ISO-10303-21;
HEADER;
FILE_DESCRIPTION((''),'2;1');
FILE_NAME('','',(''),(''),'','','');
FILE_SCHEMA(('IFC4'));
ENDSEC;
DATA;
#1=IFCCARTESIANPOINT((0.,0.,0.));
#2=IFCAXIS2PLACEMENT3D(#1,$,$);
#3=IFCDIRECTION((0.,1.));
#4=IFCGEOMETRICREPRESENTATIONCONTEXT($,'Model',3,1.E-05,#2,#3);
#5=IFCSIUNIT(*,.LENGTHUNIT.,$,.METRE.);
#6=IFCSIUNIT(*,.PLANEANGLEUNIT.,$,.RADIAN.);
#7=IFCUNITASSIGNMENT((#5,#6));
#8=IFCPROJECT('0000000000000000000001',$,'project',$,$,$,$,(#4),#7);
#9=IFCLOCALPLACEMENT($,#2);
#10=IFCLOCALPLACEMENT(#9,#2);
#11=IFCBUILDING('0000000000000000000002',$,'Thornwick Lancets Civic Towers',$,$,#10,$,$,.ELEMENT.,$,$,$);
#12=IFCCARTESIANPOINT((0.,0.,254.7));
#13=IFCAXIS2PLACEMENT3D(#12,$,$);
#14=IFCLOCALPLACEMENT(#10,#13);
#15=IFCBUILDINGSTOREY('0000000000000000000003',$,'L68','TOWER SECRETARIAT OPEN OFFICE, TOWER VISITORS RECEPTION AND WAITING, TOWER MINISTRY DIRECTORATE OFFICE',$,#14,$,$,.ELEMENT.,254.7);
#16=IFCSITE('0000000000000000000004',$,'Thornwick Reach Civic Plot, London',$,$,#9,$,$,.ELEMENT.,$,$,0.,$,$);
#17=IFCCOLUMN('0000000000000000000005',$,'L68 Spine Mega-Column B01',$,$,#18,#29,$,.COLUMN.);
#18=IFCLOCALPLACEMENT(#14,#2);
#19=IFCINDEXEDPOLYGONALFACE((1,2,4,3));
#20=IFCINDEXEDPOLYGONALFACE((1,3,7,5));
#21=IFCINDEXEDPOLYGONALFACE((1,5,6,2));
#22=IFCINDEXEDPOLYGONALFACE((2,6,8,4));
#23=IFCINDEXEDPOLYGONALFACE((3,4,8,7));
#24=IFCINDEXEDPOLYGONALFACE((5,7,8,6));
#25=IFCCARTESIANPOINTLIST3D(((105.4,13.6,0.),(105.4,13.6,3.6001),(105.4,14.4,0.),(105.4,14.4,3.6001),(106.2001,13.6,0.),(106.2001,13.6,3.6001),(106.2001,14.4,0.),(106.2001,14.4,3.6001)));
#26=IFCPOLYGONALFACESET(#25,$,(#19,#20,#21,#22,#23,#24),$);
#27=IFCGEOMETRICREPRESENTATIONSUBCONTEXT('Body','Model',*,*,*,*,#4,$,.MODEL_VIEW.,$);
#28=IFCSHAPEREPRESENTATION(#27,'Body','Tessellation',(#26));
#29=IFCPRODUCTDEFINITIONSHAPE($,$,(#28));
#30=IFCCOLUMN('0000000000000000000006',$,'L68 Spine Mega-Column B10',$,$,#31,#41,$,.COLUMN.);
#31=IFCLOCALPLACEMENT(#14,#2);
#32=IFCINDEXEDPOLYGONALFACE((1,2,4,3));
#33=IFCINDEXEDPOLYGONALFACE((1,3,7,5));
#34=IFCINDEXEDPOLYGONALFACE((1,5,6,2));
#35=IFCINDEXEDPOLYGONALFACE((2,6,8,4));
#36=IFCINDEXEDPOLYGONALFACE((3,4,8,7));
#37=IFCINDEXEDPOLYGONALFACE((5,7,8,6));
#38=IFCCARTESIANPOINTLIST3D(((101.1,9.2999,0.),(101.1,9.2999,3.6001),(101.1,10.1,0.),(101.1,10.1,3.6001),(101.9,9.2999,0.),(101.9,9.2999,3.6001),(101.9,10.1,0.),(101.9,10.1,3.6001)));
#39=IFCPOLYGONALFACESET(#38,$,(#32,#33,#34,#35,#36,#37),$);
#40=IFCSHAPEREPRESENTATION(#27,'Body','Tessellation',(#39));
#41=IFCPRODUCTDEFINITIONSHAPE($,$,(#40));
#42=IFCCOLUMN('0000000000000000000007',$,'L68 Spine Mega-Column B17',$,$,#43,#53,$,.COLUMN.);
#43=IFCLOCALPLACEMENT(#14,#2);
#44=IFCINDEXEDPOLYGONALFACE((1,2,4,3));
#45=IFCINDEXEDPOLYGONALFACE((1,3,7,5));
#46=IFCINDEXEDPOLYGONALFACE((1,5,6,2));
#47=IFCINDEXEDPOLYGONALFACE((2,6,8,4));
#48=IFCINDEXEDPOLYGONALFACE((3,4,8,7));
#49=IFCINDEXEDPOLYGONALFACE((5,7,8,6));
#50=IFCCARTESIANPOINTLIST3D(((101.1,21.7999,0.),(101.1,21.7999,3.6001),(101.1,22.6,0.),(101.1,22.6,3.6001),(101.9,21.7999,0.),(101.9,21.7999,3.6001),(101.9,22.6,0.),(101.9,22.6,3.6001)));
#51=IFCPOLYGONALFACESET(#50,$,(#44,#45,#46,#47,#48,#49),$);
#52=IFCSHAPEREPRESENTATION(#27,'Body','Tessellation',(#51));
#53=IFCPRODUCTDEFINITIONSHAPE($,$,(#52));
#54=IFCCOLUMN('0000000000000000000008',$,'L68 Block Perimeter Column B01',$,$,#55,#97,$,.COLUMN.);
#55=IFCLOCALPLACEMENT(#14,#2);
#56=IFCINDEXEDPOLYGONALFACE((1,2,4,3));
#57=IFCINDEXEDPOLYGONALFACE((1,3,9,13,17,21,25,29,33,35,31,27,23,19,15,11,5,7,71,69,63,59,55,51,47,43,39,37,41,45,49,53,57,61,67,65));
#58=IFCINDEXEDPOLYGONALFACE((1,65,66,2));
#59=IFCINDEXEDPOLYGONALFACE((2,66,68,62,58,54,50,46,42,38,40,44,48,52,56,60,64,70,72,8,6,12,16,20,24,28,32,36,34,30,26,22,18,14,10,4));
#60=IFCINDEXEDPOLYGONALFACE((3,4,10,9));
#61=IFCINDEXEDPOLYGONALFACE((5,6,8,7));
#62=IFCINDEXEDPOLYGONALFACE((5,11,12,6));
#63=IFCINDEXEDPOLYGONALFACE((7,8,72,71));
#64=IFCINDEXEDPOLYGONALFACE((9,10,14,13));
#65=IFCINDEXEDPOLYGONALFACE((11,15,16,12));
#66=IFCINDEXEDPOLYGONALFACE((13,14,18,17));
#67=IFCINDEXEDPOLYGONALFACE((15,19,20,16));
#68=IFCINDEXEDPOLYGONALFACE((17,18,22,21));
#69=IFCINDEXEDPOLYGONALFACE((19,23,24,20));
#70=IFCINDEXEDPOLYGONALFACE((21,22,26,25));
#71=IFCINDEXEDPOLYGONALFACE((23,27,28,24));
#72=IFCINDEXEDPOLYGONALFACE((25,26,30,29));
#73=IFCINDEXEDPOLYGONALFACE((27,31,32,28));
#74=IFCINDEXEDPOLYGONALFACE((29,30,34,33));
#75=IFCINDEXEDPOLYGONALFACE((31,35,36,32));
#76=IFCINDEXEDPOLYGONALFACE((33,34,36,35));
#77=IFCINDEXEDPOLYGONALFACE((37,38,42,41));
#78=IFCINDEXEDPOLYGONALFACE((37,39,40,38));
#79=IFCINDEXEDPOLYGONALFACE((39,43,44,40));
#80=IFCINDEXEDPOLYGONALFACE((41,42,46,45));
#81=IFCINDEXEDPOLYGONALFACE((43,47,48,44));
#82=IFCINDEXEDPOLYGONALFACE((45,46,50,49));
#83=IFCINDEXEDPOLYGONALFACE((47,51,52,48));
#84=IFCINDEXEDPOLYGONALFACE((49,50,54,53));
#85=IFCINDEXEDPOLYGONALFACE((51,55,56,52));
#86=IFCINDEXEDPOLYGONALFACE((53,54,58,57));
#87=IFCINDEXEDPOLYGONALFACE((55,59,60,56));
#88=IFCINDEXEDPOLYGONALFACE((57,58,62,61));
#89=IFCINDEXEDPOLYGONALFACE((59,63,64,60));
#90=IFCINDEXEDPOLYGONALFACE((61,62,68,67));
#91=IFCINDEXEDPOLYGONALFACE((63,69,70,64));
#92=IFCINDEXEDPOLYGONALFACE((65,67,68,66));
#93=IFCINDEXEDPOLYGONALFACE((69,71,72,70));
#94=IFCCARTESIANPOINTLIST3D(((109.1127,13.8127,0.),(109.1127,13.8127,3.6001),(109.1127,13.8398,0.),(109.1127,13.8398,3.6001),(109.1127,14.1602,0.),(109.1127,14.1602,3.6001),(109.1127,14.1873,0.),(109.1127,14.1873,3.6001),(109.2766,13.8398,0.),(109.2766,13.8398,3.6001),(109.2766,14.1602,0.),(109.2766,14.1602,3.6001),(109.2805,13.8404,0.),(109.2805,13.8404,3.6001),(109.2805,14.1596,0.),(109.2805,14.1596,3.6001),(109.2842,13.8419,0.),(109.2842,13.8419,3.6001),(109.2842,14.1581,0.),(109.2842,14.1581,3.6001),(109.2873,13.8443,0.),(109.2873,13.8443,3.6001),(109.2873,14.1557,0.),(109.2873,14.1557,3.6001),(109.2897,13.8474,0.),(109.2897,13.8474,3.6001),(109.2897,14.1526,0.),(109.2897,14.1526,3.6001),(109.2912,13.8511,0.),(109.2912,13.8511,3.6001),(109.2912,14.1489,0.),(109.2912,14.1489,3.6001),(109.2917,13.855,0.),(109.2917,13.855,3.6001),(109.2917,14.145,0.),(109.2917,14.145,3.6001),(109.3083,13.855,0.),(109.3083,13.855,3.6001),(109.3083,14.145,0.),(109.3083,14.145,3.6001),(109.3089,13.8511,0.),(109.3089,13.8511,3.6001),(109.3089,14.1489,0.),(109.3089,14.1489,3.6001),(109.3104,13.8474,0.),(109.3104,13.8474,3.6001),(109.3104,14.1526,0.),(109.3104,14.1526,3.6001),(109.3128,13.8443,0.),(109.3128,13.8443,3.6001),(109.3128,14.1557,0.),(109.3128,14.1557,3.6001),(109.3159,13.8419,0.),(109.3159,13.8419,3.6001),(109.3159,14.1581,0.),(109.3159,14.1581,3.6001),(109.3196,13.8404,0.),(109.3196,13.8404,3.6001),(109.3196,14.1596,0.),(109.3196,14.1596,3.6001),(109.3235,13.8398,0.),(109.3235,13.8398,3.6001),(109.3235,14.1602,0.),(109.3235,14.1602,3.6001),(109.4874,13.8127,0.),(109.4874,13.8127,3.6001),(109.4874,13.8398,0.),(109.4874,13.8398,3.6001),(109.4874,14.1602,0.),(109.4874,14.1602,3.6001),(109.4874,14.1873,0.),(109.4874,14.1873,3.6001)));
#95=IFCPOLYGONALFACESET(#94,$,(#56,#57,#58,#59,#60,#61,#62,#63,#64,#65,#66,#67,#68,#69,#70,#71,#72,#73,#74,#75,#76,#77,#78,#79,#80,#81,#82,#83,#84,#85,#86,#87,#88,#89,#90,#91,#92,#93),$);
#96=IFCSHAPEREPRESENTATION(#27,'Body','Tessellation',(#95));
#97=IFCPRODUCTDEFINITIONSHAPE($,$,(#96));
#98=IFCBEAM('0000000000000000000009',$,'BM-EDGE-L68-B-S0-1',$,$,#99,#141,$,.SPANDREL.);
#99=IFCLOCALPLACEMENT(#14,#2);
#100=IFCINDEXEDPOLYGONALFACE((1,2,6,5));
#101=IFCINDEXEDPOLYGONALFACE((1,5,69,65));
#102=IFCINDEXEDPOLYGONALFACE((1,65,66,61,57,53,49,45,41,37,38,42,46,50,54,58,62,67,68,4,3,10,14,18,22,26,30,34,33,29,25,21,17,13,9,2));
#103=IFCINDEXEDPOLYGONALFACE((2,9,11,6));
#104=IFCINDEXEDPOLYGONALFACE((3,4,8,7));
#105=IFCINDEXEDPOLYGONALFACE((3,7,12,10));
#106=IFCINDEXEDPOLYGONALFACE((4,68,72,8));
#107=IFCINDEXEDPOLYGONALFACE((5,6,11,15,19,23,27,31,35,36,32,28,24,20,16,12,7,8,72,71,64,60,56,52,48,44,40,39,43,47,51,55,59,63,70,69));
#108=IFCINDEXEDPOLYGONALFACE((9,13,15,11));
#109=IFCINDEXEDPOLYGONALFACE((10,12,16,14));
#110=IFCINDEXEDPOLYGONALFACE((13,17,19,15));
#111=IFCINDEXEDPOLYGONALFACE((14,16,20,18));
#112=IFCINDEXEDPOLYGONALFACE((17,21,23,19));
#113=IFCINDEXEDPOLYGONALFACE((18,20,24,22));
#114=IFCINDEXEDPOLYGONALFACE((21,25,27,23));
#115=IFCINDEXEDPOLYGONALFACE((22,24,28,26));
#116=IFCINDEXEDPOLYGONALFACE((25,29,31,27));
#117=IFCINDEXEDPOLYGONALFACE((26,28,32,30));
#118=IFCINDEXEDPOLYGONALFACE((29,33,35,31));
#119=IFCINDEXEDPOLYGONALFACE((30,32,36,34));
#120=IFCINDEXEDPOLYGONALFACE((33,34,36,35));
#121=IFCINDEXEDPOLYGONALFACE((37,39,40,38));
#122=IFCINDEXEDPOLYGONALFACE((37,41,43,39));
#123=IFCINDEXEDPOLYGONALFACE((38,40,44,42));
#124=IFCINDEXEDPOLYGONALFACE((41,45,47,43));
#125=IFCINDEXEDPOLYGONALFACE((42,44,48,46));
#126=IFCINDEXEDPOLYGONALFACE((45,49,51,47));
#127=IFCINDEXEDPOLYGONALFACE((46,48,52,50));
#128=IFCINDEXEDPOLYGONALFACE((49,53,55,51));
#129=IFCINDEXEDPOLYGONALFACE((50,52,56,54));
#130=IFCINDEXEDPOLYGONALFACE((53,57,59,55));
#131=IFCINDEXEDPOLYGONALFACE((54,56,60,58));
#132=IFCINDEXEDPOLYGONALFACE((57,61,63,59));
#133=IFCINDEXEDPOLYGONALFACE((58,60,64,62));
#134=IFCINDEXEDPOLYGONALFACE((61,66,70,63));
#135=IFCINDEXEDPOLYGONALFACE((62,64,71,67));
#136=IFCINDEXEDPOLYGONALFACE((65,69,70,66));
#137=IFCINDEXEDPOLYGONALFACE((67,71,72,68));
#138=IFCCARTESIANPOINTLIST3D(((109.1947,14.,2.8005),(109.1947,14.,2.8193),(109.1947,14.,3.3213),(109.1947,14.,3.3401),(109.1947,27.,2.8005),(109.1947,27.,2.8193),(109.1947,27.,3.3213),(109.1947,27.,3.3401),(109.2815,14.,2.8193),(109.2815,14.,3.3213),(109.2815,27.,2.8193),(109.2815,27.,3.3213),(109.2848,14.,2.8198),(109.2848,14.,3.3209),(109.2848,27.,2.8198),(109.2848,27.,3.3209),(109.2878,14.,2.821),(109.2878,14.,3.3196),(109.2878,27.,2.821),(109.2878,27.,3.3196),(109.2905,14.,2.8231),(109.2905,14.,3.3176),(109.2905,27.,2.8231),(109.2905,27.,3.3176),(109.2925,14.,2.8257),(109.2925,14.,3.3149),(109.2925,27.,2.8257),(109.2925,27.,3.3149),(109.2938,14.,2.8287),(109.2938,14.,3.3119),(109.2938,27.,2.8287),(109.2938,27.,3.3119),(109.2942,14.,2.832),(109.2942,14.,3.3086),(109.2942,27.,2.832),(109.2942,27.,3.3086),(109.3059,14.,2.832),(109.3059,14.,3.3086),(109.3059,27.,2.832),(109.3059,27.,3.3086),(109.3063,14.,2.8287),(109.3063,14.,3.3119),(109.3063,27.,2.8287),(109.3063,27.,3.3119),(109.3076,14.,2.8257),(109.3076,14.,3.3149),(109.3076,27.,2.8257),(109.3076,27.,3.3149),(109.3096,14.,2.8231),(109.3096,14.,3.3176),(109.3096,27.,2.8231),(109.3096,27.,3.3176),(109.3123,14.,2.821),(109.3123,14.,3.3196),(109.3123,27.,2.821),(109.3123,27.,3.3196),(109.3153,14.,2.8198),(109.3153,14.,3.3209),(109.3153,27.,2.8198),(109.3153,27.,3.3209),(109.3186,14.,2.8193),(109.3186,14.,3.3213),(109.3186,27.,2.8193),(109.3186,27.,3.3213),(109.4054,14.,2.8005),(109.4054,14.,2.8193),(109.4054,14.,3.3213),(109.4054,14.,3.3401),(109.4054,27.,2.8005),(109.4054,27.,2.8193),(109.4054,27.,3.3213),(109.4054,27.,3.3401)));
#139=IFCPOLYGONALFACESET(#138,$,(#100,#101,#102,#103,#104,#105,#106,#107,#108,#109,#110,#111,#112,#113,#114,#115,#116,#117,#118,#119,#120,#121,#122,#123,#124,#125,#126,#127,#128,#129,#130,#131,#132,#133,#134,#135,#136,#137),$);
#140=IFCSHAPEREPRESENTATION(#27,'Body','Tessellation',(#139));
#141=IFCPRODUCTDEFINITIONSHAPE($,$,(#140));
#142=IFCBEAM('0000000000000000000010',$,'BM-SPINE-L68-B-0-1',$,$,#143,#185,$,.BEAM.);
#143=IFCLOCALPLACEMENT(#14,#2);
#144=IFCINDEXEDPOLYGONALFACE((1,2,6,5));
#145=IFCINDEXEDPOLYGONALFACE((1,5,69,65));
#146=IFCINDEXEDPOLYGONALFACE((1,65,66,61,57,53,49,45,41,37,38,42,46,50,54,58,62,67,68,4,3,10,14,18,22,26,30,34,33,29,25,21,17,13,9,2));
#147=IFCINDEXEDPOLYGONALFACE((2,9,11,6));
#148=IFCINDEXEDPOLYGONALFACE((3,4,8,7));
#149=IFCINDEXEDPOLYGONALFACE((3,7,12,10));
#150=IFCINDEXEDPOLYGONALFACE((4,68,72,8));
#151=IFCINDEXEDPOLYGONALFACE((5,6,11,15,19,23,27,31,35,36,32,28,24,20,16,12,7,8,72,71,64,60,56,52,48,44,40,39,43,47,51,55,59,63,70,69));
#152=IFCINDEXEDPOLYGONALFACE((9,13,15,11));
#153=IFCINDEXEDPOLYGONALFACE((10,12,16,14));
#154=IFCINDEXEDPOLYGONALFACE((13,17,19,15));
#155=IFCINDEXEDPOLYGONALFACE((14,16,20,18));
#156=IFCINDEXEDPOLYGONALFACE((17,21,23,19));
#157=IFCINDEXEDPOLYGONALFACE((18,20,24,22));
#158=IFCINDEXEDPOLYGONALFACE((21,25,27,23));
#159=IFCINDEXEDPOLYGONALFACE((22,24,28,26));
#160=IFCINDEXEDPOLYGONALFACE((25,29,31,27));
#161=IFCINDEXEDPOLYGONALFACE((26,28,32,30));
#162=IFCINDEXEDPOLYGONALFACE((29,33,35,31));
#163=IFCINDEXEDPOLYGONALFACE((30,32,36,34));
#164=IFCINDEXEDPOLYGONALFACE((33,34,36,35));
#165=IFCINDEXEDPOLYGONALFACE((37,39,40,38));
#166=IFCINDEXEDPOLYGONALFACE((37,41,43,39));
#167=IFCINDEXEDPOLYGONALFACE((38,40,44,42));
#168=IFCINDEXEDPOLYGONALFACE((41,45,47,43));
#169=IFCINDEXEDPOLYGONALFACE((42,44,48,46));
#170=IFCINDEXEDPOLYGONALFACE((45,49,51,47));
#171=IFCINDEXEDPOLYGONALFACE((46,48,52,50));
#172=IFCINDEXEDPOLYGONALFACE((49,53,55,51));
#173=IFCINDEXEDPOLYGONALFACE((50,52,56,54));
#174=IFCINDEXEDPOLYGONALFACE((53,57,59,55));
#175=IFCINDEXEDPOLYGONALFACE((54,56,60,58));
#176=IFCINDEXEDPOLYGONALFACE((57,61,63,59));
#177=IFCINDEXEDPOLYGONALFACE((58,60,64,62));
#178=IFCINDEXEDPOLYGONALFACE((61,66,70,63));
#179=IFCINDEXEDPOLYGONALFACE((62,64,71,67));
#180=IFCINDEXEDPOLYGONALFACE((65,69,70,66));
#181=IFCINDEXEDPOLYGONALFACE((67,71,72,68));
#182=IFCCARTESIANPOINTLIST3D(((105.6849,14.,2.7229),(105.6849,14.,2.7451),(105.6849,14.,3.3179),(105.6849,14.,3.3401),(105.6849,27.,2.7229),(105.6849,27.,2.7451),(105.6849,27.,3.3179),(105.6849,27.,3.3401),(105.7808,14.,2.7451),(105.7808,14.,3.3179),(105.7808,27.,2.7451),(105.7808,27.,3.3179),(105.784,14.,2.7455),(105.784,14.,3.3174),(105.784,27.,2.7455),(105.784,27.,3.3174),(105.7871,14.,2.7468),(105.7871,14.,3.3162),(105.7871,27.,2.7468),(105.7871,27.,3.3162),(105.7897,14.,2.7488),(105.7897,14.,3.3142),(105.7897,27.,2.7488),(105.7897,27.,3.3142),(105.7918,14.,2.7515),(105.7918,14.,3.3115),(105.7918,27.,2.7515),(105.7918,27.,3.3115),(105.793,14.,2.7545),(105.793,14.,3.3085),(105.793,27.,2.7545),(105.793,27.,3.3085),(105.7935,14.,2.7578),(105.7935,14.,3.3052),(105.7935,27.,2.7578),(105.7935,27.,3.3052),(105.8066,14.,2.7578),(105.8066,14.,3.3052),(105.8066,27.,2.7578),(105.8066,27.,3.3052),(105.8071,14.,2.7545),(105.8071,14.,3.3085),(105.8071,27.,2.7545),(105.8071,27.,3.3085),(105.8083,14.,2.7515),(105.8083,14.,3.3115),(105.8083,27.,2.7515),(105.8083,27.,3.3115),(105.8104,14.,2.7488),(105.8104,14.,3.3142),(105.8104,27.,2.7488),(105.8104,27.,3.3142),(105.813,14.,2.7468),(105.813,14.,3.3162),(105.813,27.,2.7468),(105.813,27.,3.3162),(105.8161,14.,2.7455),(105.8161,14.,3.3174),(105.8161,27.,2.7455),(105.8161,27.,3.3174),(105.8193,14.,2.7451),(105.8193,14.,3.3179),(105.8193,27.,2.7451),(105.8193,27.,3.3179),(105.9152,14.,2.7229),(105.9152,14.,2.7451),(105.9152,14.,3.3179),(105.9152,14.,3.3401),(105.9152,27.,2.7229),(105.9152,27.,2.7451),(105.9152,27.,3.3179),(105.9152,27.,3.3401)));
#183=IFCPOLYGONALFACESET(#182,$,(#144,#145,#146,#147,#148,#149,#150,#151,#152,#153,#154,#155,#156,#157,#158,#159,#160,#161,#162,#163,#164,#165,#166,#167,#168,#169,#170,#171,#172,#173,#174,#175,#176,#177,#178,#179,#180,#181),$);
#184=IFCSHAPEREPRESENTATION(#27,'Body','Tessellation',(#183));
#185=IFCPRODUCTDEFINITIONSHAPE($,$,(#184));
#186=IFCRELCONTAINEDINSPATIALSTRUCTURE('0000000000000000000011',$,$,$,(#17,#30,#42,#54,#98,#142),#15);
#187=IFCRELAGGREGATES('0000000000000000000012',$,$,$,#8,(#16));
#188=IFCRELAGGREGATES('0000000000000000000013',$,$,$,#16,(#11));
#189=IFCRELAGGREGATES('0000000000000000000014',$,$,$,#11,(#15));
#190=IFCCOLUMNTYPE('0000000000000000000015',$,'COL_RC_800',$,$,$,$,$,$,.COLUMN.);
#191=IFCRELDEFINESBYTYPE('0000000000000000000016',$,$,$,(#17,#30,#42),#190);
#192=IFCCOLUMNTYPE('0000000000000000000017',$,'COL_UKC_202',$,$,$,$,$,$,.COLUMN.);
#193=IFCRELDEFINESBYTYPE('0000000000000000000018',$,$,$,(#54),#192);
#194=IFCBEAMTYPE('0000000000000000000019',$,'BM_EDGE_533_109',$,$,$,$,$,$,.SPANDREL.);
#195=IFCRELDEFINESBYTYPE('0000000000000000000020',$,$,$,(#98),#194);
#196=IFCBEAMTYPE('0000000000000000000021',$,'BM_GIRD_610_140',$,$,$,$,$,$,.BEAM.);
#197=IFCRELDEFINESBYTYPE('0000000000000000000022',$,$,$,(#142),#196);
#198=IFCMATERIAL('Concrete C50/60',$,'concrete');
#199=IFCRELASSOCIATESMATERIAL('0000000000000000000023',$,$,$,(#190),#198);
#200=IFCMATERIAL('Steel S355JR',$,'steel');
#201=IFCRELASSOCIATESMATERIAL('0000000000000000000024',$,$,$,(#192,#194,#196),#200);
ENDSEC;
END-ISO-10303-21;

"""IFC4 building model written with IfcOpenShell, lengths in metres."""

from ifc_helpers import new_model, si_unit, direction, frame, origin, origin_2d, place, context, subcontext, project, spatial, rectangle, i_section, extrude, material, material_profile, profile_set, type_object, element, save


model = new_model("IFC4")

# Units and contexts
model_context = context("Model", 3, precision=1e-05, world=origin(), true_north=direction((0.0, 1.0)))
body_context = subcontext(model_context, "Body", "Model", "MODEL_VIEW")
ifc_project = project(units=[si_unit("LENGTHUNIT", "METRE"), si_unit("PLANEANGLEUNIT", "RADIAN")], contexts=[model_context])

# Site, building, storey
site_placement = place(None, origin())
site = spatial("IfcSite", under=ifc_project, at=site_placement, Name="Thornwick Reach Civic Plot, London", CompositionType="ELEMENT", RefElevation=0.0)
building_placement = place(site_placement, origin())
building = spatial("IfcBuilding", under=site, at=building_placement, Name="Thornwick Lancets Civic Towers", CompositionType="ELEMENT")
storey_placement = place(building_placement, frame((0.0, 0.0, 254.7)))
storey = spatial("IfcBuildingStorey", under=building, at=storey_placement, Name="L68", Description="TOWER SECRETARIAT OPEN OFFICE, TOWER VISITORS RECEPTION AND WAITING, TOWER MINISTRY DIRECTORATE OFFICE", CompositionType="ELEMENT", Elevation=254.7)

# Columns
ifc_material_1 = material(Name="Concrete C50/60", Category="concrete")
ifc_material_profile_1 = material_profile(ifc_material_1, rectangle(XDim=0.8, YDim=0.8, at=origin_2d()), Name="RC 800x800")
ifc_profile_set_1 = profile_set([ifc_material_profile_1], Name="Concrete C50/60")
column_type_1 = type_object("IfcColumnType", Name="COL_RC_800", PredefinedType="COLUMN", material=ifc_profile_set_1)
for number, where, z_axis, x_axis, name in (
    (1, (105.8, 14.0, 0.0), (0.0, 0.0, 1.0), (1.0, 0.0, 0.0), "L68 Spine Mega-Column B01"),
    (2, (101.5, 9.7, 0.0), (0.0, 0.0, 1.0), (1.0, 0.0, 0.0), "L68 Spine Mega-Column B10"),
    (3, (101.5, 22.2, 0.0), (0.0, 0.0, 1.0), (1.0, 0.0, 0.0), "L68 Spine Mega-Column B17"),
):
    element("IfcColumn", number, at=place(storey_placement, frame(where, z_axis=z_axis, x_axis=x_axis)), inside=storey, type_object=column_type_1, Name=name, PredefinedType="COLUMN", context=body_context, shape_type="SweptSolid", body=[
        extrude(rectangle(XDim=0.8, YDim=0.8, at=origin_2d()), origin(), (0.0, 0.0, 1.0), 3.6001),
    ])
ifc_material_2 = material(Name="Steel S355JR", Category="steel")
ifc_material_profile_2 = material_profile(ifc_material_2, i_section(OverallWidth=0.3748, OverallDepth=0.3745, WebThickness=0.0166, FlangeThickness=0.0271, FilletRadius=0.0151, at=origin_2d()), Name="UKC 356x368x202")
ifc_profile_set_2 = profile_set([ifc_material_profile_2], Name="Steel S355JR")
column_type_2 = type_object("IfcColumnType", Name="COL_UKC_202", PredefinedType="COLUMN", material=ifc_profile_set_2)
column_placement = place(storey_placement, frame((109.3, 14.0, 0.0), z_axis=(0.0, 0.0, 1.0), x_axis=(1.0, 0.0, 0.0)))
element("IfcColumn", 4, at=column_placement, inside=storey, type_object=column_type_2, Name="L68 Block Perimeter Column B01", PredefinedType="COLUMN", context=body_context, shape_type="SweptSolid", body=[
    extrude(i_section(OverallWidth=0.3748, OverallDepth=0.3745, WebThickness=0.0166, FlangeThickness=0.0271, FilletRadius=0.0151, at=origin_2d()), origin(), (0.0, 0.0, 1.0), 3.6001),
])

# Beams
ifc_material_profile_3 = material_profile(ifc_material_2, i_section(OverallWidth=0.2107, OverallDepth=0.5396, WebThickness=0.0117, FlangeThickness=0.0188, FilletRadius=0.0127, at=origin_2d()), Name="UKB 533x210x109")
ifc_profile_set_3 = profile_set([ifc_material_profile_3], Name="Steel S355JR")
beam_type_1 = type_object("IfcBeamType", Name="BM_EDGE_533_109", PredefinedType="SPANDREL", material=ifc_profile_set_3)
beam_1_placement = place(storey_placement, frame((109.3, 14.0, 3.0703), z_axis=(0.0, 1.0, 0.0), x_axis=(-1.0, 0.0, 0.0)))
element("IfcBeam", 5, at=beam_1_placement, inside=storey, type_object=beam_type_1, Name="BM-EDGE-L68-B-S0-1", PredefinedType="SPANDREL", context=body_context, shape_type="SweptSolid", body=[
    extrude(i_section(OverallWidth=0.2107, OverallDepth=0.5396, WebThickness=0.0117, FlangeThickness=0.0188, FilletRadius=0.0127, at=origin_2d()), origin(), (0.0, 0.0, 1.0), 13.0),
])
ifc_material_profile_4 = material_profile(ifc_material_2, i_section(OverallWidth=0.2302, OverallDepth=0.6172, WebThickness=0.0132, FlangeThickness=0.0222, FilletRadius=0.0127, at=origin_2d()), Name="UKB 610x229x140")
ifc_profile_set_4 = profile_set([ifc_material_profile_4], Name="Steel S355JR")
beam_type_2 = type_object("IfcBeamType", Name="BM_GIRD_610_140", PredefinedType="BEAM", material=ifc_profile_set_4)
for number, where, z_axis, x_axis, name in (
    (6, (105.8, 14.0, 3.0315), (0.0, 1.0, 0.0), (-1.0, 0.0, 0.0), "BM-SPINE-L68-B-0-1"),
):
    element("IfcBeam", number, at=place(storey_placement, frame(where, z_axis=z_axis, x_axis=x_axis)), inside=storey, type_object=beam_type_2, Name=name, PredefinedType="BEAM", context=body_context, shape_type="SweptSolid", body=[
        extrude(i_section(OverallWidth=0.2302, OverallDepth=0.6172, WebThickness=0.0132, FlangeThickness=0.0222, FilletRadius=0.0127, at=origin_2d()), origin(), (0.0, 0.0, 1.0), 13.0),
    ])

save(model, "model.ifc")
